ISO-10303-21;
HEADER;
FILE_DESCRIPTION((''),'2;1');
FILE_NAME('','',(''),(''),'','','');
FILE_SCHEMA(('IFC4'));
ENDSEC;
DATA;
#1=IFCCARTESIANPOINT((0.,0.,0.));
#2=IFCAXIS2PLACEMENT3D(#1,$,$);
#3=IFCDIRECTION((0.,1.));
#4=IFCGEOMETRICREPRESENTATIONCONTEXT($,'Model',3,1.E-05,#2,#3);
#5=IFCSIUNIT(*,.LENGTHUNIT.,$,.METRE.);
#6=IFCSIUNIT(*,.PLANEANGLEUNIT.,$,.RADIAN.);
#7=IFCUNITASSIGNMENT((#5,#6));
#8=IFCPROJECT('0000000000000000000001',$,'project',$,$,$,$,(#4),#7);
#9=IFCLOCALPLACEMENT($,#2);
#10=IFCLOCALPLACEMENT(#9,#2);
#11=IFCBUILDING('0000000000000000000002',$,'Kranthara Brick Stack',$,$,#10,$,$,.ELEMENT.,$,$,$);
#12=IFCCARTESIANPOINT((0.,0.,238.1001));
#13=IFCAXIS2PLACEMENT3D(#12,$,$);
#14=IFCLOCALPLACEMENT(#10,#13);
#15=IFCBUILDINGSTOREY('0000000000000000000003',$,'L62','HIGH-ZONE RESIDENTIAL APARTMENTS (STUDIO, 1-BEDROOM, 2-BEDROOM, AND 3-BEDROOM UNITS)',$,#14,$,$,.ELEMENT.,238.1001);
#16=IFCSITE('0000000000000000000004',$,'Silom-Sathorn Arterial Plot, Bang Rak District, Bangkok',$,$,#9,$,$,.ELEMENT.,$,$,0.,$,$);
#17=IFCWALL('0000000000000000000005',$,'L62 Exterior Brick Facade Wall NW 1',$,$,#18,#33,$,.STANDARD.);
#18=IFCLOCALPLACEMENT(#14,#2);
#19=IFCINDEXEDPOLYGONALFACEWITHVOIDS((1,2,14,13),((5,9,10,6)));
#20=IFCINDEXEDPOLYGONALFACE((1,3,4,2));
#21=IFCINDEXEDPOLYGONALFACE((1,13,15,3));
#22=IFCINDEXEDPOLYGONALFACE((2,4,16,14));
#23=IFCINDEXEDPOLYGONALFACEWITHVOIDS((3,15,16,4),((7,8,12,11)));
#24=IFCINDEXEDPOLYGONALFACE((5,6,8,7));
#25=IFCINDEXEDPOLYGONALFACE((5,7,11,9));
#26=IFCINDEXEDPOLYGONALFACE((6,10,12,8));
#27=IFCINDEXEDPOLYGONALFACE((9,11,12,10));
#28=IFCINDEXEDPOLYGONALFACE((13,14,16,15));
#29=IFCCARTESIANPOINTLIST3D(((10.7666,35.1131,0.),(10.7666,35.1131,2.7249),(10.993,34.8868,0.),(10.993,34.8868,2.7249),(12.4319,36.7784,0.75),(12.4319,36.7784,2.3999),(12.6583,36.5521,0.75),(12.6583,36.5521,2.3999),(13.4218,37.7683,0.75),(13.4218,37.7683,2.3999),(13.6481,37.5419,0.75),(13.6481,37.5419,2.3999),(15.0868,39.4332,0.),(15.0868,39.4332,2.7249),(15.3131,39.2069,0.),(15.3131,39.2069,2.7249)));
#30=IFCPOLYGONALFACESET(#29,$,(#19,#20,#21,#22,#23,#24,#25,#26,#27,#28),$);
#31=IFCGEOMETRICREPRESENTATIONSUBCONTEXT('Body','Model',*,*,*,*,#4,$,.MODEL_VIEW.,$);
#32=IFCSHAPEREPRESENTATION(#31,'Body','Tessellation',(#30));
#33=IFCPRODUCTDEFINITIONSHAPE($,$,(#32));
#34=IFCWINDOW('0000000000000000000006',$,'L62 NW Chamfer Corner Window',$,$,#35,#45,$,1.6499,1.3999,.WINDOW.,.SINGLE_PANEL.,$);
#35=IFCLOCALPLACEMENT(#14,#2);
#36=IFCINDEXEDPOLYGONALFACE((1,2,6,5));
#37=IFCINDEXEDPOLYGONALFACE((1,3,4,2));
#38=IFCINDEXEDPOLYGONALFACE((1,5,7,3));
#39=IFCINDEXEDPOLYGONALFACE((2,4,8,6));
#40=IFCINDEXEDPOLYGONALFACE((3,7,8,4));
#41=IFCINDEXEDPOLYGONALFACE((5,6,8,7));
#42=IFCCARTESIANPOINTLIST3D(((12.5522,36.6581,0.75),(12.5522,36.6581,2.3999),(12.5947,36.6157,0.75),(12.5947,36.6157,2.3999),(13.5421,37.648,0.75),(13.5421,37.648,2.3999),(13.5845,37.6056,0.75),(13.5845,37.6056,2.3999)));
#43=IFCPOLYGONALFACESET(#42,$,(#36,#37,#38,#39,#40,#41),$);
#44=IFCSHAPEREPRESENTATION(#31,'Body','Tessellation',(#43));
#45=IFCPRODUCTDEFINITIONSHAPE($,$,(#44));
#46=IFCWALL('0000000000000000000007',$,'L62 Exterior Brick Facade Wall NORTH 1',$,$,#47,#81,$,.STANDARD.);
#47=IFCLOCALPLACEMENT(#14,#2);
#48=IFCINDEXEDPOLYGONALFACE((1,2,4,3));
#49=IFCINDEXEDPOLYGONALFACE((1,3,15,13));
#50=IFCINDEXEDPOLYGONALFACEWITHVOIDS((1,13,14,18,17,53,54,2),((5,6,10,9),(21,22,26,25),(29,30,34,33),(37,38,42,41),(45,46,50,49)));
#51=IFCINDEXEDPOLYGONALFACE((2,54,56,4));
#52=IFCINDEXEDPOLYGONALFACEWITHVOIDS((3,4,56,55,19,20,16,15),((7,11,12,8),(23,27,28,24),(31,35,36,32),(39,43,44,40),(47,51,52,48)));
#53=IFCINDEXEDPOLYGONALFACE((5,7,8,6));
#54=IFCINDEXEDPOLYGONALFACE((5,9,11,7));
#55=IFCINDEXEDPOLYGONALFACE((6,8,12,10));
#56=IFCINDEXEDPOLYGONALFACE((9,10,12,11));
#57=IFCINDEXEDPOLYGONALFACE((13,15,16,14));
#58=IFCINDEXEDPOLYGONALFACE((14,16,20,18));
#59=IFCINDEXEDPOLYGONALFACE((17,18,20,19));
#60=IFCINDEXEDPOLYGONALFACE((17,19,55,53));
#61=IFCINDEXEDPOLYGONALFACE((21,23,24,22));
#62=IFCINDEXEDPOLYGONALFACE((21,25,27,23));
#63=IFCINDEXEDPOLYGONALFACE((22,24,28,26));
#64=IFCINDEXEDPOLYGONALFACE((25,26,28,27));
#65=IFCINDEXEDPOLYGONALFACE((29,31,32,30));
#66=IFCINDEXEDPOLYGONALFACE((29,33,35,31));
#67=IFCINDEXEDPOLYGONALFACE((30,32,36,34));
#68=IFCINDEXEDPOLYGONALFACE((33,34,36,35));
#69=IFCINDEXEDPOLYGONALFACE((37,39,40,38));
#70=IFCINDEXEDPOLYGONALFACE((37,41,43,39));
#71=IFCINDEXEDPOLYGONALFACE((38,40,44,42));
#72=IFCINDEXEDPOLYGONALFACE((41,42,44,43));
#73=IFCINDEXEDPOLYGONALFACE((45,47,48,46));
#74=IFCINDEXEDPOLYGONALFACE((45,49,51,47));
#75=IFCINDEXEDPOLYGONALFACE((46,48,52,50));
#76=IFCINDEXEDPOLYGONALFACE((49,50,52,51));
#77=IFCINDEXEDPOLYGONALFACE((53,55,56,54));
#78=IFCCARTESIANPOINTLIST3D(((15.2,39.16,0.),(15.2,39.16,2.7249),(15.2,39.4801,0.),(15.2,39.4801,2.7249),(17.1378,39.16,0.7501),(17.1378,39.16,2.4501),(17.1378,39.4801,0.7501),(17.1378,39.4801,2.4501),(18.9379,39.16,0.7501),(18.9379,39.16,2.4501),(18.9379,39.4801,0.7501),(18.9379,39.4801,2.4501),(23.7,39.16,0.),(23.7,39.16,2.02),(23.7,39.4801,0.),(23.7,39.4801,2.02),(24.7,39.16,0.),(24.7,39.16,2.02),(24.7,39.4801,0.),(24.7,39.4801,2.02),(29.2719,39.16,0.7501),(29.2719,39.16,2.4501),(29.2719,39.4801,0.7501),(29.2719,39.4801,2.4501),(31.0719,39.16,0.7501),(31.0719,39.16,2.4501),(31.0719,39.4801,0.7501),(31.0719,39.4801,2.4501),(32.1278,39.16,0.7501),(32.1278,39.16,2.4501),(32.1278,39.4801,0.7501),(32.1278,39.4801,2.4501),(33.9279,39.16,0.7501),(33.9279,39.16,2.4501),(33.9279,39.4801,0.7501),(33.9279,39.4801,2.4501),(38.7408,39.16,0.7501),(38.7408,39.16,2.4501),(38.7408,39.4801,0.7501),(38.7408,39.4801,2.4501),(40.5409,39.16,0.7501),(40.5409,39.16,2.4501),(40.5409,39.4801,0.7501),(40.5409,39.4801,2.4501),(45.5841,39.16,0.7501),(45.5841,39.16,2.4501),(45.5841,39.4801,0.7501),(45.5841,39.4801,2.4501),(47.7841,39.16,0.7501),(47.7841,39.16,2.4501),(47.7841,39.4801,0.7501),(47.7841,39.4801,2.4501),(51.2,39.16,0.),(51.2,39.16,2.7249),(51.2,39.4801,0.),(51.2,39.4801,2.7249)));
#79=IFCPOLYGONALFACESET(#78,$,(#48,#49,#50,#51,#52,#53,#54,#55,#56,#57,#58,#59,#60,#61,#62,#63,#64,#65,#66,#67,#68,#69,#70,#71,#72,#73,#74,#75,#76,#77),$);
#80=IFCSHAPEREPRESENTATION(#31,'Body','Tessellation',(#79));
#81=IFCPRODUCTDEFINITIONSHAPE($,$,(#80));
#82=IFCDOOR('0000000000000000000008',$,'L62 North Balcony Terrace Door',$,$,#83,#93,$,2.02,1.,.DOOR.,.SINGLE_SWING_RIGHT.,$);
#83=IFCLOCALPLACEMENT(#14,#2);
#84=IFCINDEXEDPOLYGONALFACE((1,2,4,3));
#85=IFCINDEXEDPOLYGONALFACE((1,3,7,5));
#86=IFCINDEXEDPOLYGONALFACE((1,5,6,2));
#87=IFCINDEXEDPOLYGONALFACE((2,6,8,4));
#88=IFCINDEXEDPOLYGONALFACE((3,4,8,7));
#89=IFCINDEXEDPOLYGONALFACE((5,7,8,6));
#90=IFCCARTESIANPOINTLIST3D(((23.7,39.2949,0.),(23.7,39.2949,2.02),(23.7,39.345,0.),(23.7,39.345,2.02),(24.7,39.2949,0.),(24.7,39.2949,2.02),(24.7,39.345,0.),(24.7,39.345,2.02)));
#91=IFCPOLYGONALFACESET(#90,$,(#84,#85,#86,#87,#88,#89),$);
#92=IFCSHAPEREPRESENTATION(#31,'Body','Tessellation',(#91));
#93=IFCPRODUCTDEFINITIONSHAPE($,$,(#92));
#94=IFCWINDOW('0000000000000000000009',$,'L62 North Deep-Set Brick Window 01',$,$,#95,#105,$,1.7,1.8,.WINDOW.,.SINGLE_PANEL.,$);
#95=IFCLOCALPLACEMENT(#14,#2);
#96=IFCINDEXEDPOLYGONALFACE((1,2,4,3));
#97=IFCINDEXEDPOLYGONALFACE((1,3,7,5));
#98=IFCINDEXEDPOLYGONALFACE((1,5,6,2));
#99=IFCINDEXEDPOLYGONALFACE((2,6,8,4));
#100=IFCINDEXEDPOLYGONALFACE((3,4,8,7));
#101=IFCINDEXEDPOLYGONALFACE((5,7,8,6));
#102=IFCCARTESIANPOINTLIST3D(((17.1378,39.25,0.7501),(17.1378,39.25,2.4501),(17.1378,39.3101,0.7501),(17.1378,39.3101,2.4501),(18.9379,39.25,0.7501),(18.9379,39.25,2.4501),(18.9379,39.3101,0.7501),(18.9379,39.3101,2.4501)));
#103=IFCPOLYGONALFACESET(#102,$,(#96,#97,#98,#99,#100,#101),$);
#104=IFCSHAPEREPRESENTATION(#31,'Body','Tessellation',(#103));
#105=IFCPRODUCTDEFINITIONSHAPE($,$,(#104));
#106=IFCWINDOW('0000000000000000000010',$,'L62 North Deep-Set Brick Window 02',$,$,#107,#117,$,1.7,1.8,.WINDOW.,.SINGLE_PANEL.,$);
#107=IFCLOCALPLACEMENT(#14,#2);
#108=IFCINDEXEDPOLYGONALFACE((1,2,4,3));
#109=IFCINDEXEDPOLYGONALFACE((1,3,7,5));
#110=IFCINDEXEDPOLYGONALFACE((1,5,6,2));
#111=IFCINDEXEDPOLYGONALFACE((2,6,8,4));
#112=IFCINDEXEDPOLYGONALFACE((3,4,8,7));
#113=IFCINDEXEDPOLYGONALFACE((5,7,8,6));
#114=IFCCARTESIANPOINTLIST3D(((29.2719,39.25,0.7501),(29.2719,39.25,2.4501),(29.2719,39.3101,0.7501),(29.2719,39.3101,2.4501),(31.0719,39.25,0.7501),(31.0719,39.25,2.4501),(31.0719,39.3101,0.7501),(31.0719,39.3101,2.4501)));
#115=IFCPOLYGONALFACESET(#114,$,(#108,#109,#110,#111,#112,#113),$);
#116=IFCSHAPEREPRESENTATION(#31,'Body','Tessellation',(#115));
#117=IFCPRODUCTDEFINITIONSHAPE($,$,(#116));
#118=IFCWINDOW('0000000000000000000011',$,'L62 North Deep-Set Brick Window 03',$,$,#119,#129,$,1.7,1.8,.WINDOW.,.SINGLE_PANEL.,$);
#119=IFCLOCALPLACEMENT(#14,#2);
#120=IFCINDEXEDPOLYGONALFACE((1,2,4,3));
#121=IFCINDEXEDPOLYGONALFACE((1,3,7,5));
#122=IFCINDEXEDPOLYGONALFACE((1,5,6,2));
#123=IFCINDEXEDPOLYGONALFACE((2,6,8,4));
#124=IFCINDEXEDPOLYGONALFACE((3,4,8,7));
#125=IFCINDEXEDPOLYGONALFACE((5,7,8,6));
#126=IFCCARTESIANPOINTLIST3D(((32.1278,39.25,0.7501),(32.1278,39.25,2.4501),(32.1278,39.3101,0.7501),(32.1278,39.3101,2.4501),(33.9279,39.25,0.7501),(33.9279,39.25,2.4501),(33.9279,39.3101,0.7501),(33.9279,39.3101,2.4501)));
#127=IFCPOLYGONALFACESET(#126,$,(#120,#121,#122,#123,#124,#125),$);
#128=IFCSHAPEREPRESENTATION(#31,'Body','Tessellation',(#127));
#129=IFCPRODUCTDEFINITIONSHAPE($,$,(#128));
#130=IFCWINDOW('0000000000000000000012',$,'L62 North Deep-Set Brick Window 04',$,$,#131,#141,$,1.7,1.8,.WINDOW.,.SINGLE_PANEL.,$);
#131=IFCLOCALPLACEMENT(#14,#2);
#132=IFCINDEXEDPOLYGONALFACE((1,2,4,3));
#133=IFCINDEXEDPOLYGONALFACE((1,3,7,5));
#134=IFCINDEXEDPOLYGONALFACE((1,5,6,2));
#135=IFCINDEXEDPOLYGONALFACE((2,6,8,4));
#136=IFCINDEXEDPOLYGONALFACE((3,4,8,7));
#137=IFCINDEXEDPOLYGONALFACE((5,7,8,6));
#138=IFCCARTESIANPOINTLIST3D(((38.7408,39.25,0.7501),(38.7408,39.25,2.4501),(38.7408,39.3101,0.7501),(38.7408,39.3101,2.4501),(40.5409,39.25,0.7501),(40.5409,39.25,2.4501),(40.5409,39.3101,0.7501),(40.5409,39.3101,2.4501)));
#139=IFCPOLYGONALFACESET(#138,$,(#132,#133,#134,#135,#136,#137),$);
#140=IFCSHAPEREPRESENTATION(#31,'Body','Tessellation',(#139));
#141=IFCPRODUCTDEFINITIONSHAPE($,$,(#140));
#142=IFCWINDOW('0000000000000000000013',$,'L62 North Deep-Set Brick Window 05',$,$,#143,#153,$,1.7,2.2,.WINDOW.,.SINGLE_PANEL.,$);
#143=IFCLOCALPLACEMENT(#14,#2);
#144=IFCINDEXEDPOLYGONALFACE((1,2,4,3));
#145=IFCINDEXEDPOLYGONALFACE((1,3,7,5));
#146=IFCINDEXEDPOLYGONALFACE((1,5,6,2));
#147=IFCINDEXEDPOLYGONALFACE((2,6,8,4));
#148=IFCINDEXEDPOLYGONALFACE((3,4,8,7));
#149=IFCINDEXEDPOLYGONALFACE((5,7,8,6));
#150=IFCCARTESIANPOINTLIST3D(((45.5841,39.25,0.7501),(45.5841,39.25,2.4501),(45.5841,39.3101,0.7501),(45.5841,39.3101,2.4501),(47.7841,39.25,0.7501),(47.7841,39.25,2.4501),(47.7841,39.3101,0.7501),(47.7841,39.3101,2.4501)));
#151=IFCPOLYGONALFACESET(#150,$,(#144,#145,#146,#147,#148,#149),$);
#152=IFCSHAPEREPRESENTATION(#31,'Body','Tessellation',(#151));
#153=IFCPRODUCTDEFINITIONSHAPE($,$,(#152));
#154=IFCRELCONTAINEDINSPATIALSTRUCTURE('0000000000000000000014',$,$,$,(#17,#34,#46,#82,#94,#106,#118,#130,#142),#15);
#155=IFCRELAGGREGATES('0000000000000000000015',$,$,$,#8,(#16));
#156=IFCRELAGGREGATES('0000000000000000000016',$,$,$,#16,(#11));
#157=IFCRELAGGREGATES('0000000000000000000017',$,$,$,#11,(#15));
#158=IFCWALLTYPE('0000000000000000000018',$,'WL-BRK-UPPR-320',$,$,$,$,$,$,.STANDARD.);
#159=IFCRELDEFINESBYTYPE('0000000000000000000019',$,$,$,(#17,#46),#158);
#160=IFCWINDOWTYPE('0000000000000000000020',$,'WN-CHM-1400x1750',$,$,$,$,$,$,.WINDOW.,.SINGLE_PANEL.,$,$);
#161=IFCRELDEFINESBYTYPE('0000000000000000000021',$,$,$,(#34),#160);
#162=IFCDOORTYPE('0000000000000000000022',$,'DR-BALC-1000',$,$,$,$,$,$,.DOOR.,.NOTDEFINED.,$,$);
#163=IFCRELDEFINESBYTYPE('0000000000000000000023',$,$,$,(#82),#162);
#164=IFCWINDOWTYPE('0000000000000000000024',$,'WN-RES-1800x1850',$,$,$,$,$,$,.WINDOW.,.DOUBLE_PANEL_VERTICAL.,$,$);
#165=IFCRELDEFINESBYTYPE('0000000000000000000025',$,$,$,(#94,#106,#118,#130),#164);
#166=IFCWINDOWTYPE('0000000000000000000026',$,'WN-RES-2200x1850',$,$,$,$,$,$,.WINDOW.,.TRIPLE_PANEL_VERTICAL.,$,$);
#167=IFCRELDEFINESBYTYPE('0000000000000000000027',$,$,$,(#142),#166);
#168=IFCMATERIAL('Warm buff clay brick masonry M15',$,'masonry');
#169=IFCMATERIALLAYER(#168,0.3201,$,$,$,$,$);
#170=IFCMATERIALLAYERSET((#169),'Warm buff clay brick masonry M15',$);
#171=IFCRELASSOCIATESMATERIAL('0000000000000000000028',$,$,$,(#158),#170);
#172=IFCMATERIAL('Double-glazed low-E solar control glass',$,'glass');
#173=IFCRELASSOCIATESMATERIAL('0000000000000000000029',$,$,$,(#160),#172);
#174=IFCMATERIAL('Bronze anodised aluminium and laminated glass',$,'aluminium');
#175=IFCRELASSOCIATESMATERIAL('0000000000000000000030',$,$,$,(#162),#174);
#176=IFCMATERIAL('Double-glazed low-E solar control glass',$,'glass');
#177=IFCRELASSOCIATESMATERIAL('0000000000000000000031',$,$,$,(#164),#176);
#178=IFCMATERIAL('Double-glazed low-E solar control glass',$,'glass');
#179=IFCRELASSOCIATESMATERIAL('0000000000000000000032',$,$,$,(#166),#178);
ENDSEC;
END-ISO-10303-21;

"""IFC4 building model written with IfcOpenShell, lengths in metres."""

from ifc_helpers import new_model, si_unit, direction, frame, frame_2d, origin, place, context, subcontext, project, spatial, rectangle, extrude, material, layer, layer_set, type_object, element, fill, save


model = new_model("IFC4")

# Units and contexts
model_context = context("Model", 3, precision=1e-05, world=origin(), true_north=direction((0.0, 1.0)))
body_context = subcontext(model_context, "Body", "Model", "MODEL_VIEW")
ifc_project = project(units=[si_unit("LENGTHUNIT", "METRE"), si_unit("PLANEANGLEUNIT", "RADIAN")], contexts=[model_context])

# Site, building, storey
site_placement = place(None, origin())
site = spatial("IfcSite", under=ifc_project, at=site_placement, Name="Silom-Sathorn Arterial Plot, Bang Rak District, Bangkok", CompositionType="ELEMENT", RefElevation=0.0)
building_placement = place(site_placement, origin())
building = spatial("IfcBuilding", under=site, at=building_placement, Name="Kranthara Brick Stack", CompositionType="ELEMENT")
storey_placement = place(building_placement, frame((0.0, 0.0, 238.1001)))
storey = spatial("IfcBuildingStorey", under=building, at=storey_placement, Name="L62", Description="HIGH-ZONE RESIDENTIAL APARTMENTS (STUDIO, 1-BEDROOM, 2-BEDROOM, AND 3-BEDROOM UNITS)", CompositionType="ELEMENT", Elevation=238.1001)

# Wall, opening, window
ifc_material_1 = material(Name="Warm buff clay brick masonry M15", Category="masonry")
ifc_layer_1 = layer(ifc_material_1, 0.3201)
ifc_layer_set_1 = layer_set([ifc_layer_1], Name="Warm buff clay brick masonry M15")
wall_type_1 = type_object("IfcWallType", Name="WL-BRK-UPPR-320", PredefinedType="STANDARD", material=ifc_layer_set_1)
wall_1_placement = place(storey_placement, frame((10.8799, 35.0, 0.0), z_axis=(0.0, 0.0, 1.0), x_axis=(0.707107, 0.707107, 0.0)))
wall_1 = element("IfcWall", 1, at=wall_1_placement, inside=storey, type_object=wall_type_1, Name="L62 Exterior Brick Facade Wall NW 1", PredefinedType="STANDARD", context=body_context, shape_type="SweptSolid", body=[
    extrude(rectangle(XDim=6.1096, YDim=0.3201, at=frame_2d((3.0547, 0.0))), origin(), (0.0, 0.0, 1.0), 2.7249),
])
opening_1_placement = place(wall_1_placement, frame((2.355, 0.0, 0.75)))
opening_1 = element("IfcOpeningElement", 2, at=opening_1_placement, cuts=wall_1, PredefinedType="OPENING", context=body_context, shape_type="SweptSolid", body=[
    extrude(rectangle(XDim=1.3999, YDim=1.6499, at=frame_2d((0.7, 0.825))), frame((0.0, 0.1699, 0.0), z_axis=(0.0, -1.0, 0.0), x_axis=(1.0, 0.0, 0.0)), (0.0, 0.0, 1.0), 0.3401),
])
ifc_material_2 = material(Name="Double-glazed low-E solar control glass", Category="glass")
window_type_1 = type_object("IfcWindowType", Name="WN-CHM-1400x1750", PartitioningType="SINGLE_PANEL", PredefinedType="WINDOW", material=ifc_material_2)
window_1_placement = place(opening_1_placement, origin())
window_1 = element("IfcWindow", 3, at=window_1_placement, inside=storey, type_object=window_type_1, Name="L62 NW Chamfer Corner Window", OverallHeight=1.6499, OverallWidth=1.3999, PartitioningType="SINGLE_PANEL", PredefinedType="WINDOW", context=body_context, shape_type="SweptSolid", body=[
    extrude(rectangle(XDim=1.3999, YDim=1.6499, at=frame_2d((0.7, 0.825))), frame((0.0, -0.01, 0.0), z_axis=(0.0, -1.0, 0.0), x_axis=(1.0, 0.0, 0.0)), (0.0, 0.0, 1.0), 0.0601),
])
fill(opening_1, window_1)

# Wall, openings, door, windows
wall_2_placement = place(storey_placement, frame((15.2, 39.3201, 0.0), z_axis=(0.0, 0.0, 1.0), x_axis=(1.0, 0.0, 0.0)))
wall_2 = element("IfcWall", 4, at=wall_2_placement, inside=storey, type_object=wall_type_1, Name="L62 Exterior Brick Facade Wall NORTH 1", PredefinedType="STANDARD", context=body_context, shape_type="SweptSolid", body=[
    extrude(rectangle(XDim=36.0, YDim=0.3201, at=frame_2d((18.0, 0.0))), origin(), (0.0, 0.0, 1.0), 2.7249),
])
opening_2_placement = place(wall_2_placement, frame((8.5, 0.0, 0.0)))
opening_2 = element("IfcOpeningElement", 5, at=opening_2_placement, cuts=wall_2, PredefinedType="OPENING", context=body_context, shape_type="SweptSolid", body=[
    extrude(rectangle(XDim=1.0, YDim=2.02, at=frame_2d((0.5, 1.01))), frame((0.0, 0.1699, 0.0), z_axis=(0.0, -1.0, 0.0), x_axis=(1.0, 0.0, 0.0)), (0.0, 0.0, 1.0), 0.3401),
])
opening_3_placement = place(wall_2_placement, frame((1.938, 0.0, 0.75)))
opening_3 = element("IfcOpeningElement", 6, at=opening_3_placement, cuts=wall_2, PredefinedType="OPENING", context=body_context, shape_type="SweptSolid", body=[
    extrude(rectangle(XDim=1.8, YDim=1.7, at=frame_2d((0.8999, 0.8501))), frame((0.0, 0.1699, 0.0), z_axis=(0.0, -1.0, 0.0), x_axis=(1.0, 0.0, 0.0)), (0.0, 0.0, 1.0), 0.3401),
])
opening_4_placement = place(wall_2_placement, frame((14.072, 0.0, 0.75)))
opening_4 = element("IfcOpeningElement", 7, at=opening_4_placement, cuts=wall_2, PredefinedType="OPENING", context=body_context, shape_type="SweptSolid", body=[
    extrude(rectangle(XDim=1.8, YDim=1.7, at=frame_2d((0.8999, 0.8501))), frame((0.0, 0.1699, 0.0), z_axis=(0.0, -1.0, 0.0), x_axis=(1.0, 0.0, 0.0)), (0.0, 0.0, 1.0), 0.3401),
])
opening_5_placement = place(wall_2_placement, frame((16.928, 0.0, 0.75)))
opening_5 = element("IfcOpeningElement", 8, at=opening_5_placement, cuts=wall_2, PredefinedType="OPENING", context=body_context, shape_type="SweptSolid", body=[
    extrude(rectangle(XDim=1.8, YDim=1.7, at=frame_2d((0.8999, 0.8501))), frame((0.0, 0.1699, 0.0), z_axis=(0.0, -1.0, 0.0), x_axis=(1.0, 0.0, 0.0)), (0.0, 0.0, 1.0), 0.3401),
])
opening_6_placement = place(wall_2_placement, frame((23.541, 0.0, 0.75)))
opening_6 = element("IfcOpeningElement", 9, at=opening_6_placement, cuts=wall_2, PredefinedType="OPENING", context=body_context, shape_type="SweptSolid", body=[
    extrude(rectangle(XDim=1.8, YDim=1.7, at=frame_2d((0.8999, 0.8501))), frame((0.0, 0.1699, 0.0), z_axis=(0.0, -1.0, 0.0), x_axis=(1.0, 0.0, 0.0)), (0.0, 0.0, 1.0), 0.3401),
])
opening_7_placement = place(wall_2_placement, frame((30.384, 0.0, 0.75)))
opening_7 = element("IfcOpeningElement", 10, at=opening_7_placement, cuts=wall_2, PredefinedType="OPENING", context=body_context, shape_type="SweptSolid", body=[
    extrude(rectangle(XDim=2.2, YDim=1.7, at=frame_2d((1.1001, 0.8501))), frame((0.0, 0.1699, 0.0), z_axis=(0.0, -1.0, 0.0), x_axis=(1.0, 0.0, 0.0)), (0.0, 0.0, 1.0), 0.3401),
])
ifc_material_3 = material(Name="Bronze anodised aluminium and laminated glass", Category="aluminium")
door_type_1 = type_object("IfcDoorType", Name="DR-BALC-1000", OperationType="NOTDEFINED", PredefinedType="DOOR", material=ifc_material_3)
door_1_placement = place(opening_2_placement, origin())
door_1 = element("IfcDoor", 11, at=door_1_placement, inside=storey, type_object=door_type_1, Name="L62 North Balcony Terrace Door", OperationType="SINGLE_SWING_RIGHT", OverallHeight=2.02, OverallWidth=1.0, PredefinedType="DOOR", context=body_context, shape_type="SweptSolid", body=[
    extrude(rectangle(XDim=1.0, YDim=2.02, at=frame_2d((0.5, 1.01))), frame((0.0, 0.0249, 0.0), z_axis=(0.0, -1.0, 0.0), x_axis=(1.0, 0.0, 0.0)), (0.0, 0.0, 1.0), 0.05),
])
fill(opening_2, door_1)
ifc_material_4 = material(Name="Double-glazed low-E solar control glass", Category="glass")
window_type_2 = type_object("IfcWindowType", Name="WN-RES-1800x1850", PartitioningType="DOUBLE_PANEL_VERTICAL", PredefinedType="WINDOW", material=ifc_material_4)
window_2_placement = place(opening_3_placement, origin())
window_2 = element("IfcWindow", 12, at=window_2_placement, inside=storey, type_object=window_type_2, Name="L62 North Deep-Set Brick Window 01", OverallHeight=1.7, OverallWidth=1.8, PartitioningType="SINGLE_PANEL", PredefinedType="WINDOW", context=body_context, shape_type="SweptSolid", body=[
    extrude(rectangle(XDim=1.8, YDim=1.7, at=frame_2d((0.8999, 0.8501))), frame((0.0, -0.01, 0.0), z_axis=(0.0, -1.0, 0.0), x_axis=(1.0, 0.0, 0.0)), (0.0, 0.0, 1.0), 0.0601),
])
fill(opening_3, window_2)
window_3_placement = place(opening_4_placement, origin())
window_3 = element("IfcWindow", 13, at=window_3_placement, inside=storey, type_object=window_type_2, Name="L62 North Deep-Set Brick Window 02", OverallHeight=1.7, OverallWidth=1.8, PartitioningType="SINGLE_PANEL", PredefinedType="WINDOW", context=body_context, shape_type="SweptSolid", body=[
    extrude(rectangle(XDim=1.8, YDim=1.7, at=frame_2d((0.8999, 0.8501))), frame((0.0, -0.01, 0.0), z_axis=(0.0, -1.0, 0.0), x_axis=(1.0, 0.0, 0.0)), (0.0, 0.0, 1.0), 0.0601),
])
fill(opening_4, window_3)
window_4_placement = place(opening_5_placement, origin())
window_4 = element("IfcWindow", 14, at=window_4_placement, inside=storey, type_object=window_type_2, Name="L62 North Deep-Set Brick Window 03", OverallHeight=1.7, OverallWidth=1.8, PartitioningType="SINGLE_PANEL", PredefinedType="WINDOW", context=body_context, shape_type="SweptSolid", body=[
    extrude(rectangle(XDim=1.8, YDim=1.7, at=frame_2d((0.8999, 0.8501))), frame((0.0, -0.01, 0.0), z_axis=(0.0, -1.0, 0.0), x_axis=(1.0, 0.0, 0.0)), (0.0, 0.0, 1.0), 0.0601),
])
fill(opening_5, window_4)
window_5_placement = place(opening_6_placement, origin())
window_5 = element("IfcWindow", 15, at=window_5_placement, inside=storey, type_object=window_type_2, Name="L62 North Deep-Set Brick Window 04", OverallHeight=1.7, OverallWidth=1.8, PartitioningType="SINGLE_PANEL", PredefinedType="WINDOW", context=body_context, shape_type="SweptSolid", body=[
    extrude(rectangle(XDim=1.8, YDim=1.7, at=frame_2d((0.8999, 0.8501))), frame((0.0, -0.01, 0.0), z_axis=(0.0, -1.0, 0.0), x_axis=(1.0, 0.0, 0.0)), (0.0, 0.0, 1.0), 0.0601),
])
fill(opening_6, window_5)
ifc_material_5 = material(Name="Double-glazed low-E solar control glass", Category="glass")
window_type_3 = type_object("IfcWindowType", Name="WN-RES-2200x1850", PartitioningType="TRIPLE_PANEL_VERTICAL", PredefinedType="WINDOW", material=ifc_material_5)
window_6_placement = place(opening_7_placement, origin())
window_6 = element("IfcWindow", 16, at=window_6_placement, inside=storey, type_object=window_type_3, Name="L62 North Deep-Set Brick Window 05", OverallHeight=1.7, OverallWidth=2.2, PartitioningType="SINGLE_PANEL", PredefinedType="WINDOW", context=body_context, shape_type="SweptSolid", body=[
    extrude(rectangle(XDim=2.2, YDim=1.7, at=frame_2d((1.1001, 0.8501))), frame((0.0, -0.01, 0.0), z_axis=(0.0, -1.0, 0.0), x_axis=(1.0, 0.0, 0.0)), (0.0, 0.0, 1.0), 0.0601),
])
fill(opening_7, window_6)

save(model, "model.ifc")
